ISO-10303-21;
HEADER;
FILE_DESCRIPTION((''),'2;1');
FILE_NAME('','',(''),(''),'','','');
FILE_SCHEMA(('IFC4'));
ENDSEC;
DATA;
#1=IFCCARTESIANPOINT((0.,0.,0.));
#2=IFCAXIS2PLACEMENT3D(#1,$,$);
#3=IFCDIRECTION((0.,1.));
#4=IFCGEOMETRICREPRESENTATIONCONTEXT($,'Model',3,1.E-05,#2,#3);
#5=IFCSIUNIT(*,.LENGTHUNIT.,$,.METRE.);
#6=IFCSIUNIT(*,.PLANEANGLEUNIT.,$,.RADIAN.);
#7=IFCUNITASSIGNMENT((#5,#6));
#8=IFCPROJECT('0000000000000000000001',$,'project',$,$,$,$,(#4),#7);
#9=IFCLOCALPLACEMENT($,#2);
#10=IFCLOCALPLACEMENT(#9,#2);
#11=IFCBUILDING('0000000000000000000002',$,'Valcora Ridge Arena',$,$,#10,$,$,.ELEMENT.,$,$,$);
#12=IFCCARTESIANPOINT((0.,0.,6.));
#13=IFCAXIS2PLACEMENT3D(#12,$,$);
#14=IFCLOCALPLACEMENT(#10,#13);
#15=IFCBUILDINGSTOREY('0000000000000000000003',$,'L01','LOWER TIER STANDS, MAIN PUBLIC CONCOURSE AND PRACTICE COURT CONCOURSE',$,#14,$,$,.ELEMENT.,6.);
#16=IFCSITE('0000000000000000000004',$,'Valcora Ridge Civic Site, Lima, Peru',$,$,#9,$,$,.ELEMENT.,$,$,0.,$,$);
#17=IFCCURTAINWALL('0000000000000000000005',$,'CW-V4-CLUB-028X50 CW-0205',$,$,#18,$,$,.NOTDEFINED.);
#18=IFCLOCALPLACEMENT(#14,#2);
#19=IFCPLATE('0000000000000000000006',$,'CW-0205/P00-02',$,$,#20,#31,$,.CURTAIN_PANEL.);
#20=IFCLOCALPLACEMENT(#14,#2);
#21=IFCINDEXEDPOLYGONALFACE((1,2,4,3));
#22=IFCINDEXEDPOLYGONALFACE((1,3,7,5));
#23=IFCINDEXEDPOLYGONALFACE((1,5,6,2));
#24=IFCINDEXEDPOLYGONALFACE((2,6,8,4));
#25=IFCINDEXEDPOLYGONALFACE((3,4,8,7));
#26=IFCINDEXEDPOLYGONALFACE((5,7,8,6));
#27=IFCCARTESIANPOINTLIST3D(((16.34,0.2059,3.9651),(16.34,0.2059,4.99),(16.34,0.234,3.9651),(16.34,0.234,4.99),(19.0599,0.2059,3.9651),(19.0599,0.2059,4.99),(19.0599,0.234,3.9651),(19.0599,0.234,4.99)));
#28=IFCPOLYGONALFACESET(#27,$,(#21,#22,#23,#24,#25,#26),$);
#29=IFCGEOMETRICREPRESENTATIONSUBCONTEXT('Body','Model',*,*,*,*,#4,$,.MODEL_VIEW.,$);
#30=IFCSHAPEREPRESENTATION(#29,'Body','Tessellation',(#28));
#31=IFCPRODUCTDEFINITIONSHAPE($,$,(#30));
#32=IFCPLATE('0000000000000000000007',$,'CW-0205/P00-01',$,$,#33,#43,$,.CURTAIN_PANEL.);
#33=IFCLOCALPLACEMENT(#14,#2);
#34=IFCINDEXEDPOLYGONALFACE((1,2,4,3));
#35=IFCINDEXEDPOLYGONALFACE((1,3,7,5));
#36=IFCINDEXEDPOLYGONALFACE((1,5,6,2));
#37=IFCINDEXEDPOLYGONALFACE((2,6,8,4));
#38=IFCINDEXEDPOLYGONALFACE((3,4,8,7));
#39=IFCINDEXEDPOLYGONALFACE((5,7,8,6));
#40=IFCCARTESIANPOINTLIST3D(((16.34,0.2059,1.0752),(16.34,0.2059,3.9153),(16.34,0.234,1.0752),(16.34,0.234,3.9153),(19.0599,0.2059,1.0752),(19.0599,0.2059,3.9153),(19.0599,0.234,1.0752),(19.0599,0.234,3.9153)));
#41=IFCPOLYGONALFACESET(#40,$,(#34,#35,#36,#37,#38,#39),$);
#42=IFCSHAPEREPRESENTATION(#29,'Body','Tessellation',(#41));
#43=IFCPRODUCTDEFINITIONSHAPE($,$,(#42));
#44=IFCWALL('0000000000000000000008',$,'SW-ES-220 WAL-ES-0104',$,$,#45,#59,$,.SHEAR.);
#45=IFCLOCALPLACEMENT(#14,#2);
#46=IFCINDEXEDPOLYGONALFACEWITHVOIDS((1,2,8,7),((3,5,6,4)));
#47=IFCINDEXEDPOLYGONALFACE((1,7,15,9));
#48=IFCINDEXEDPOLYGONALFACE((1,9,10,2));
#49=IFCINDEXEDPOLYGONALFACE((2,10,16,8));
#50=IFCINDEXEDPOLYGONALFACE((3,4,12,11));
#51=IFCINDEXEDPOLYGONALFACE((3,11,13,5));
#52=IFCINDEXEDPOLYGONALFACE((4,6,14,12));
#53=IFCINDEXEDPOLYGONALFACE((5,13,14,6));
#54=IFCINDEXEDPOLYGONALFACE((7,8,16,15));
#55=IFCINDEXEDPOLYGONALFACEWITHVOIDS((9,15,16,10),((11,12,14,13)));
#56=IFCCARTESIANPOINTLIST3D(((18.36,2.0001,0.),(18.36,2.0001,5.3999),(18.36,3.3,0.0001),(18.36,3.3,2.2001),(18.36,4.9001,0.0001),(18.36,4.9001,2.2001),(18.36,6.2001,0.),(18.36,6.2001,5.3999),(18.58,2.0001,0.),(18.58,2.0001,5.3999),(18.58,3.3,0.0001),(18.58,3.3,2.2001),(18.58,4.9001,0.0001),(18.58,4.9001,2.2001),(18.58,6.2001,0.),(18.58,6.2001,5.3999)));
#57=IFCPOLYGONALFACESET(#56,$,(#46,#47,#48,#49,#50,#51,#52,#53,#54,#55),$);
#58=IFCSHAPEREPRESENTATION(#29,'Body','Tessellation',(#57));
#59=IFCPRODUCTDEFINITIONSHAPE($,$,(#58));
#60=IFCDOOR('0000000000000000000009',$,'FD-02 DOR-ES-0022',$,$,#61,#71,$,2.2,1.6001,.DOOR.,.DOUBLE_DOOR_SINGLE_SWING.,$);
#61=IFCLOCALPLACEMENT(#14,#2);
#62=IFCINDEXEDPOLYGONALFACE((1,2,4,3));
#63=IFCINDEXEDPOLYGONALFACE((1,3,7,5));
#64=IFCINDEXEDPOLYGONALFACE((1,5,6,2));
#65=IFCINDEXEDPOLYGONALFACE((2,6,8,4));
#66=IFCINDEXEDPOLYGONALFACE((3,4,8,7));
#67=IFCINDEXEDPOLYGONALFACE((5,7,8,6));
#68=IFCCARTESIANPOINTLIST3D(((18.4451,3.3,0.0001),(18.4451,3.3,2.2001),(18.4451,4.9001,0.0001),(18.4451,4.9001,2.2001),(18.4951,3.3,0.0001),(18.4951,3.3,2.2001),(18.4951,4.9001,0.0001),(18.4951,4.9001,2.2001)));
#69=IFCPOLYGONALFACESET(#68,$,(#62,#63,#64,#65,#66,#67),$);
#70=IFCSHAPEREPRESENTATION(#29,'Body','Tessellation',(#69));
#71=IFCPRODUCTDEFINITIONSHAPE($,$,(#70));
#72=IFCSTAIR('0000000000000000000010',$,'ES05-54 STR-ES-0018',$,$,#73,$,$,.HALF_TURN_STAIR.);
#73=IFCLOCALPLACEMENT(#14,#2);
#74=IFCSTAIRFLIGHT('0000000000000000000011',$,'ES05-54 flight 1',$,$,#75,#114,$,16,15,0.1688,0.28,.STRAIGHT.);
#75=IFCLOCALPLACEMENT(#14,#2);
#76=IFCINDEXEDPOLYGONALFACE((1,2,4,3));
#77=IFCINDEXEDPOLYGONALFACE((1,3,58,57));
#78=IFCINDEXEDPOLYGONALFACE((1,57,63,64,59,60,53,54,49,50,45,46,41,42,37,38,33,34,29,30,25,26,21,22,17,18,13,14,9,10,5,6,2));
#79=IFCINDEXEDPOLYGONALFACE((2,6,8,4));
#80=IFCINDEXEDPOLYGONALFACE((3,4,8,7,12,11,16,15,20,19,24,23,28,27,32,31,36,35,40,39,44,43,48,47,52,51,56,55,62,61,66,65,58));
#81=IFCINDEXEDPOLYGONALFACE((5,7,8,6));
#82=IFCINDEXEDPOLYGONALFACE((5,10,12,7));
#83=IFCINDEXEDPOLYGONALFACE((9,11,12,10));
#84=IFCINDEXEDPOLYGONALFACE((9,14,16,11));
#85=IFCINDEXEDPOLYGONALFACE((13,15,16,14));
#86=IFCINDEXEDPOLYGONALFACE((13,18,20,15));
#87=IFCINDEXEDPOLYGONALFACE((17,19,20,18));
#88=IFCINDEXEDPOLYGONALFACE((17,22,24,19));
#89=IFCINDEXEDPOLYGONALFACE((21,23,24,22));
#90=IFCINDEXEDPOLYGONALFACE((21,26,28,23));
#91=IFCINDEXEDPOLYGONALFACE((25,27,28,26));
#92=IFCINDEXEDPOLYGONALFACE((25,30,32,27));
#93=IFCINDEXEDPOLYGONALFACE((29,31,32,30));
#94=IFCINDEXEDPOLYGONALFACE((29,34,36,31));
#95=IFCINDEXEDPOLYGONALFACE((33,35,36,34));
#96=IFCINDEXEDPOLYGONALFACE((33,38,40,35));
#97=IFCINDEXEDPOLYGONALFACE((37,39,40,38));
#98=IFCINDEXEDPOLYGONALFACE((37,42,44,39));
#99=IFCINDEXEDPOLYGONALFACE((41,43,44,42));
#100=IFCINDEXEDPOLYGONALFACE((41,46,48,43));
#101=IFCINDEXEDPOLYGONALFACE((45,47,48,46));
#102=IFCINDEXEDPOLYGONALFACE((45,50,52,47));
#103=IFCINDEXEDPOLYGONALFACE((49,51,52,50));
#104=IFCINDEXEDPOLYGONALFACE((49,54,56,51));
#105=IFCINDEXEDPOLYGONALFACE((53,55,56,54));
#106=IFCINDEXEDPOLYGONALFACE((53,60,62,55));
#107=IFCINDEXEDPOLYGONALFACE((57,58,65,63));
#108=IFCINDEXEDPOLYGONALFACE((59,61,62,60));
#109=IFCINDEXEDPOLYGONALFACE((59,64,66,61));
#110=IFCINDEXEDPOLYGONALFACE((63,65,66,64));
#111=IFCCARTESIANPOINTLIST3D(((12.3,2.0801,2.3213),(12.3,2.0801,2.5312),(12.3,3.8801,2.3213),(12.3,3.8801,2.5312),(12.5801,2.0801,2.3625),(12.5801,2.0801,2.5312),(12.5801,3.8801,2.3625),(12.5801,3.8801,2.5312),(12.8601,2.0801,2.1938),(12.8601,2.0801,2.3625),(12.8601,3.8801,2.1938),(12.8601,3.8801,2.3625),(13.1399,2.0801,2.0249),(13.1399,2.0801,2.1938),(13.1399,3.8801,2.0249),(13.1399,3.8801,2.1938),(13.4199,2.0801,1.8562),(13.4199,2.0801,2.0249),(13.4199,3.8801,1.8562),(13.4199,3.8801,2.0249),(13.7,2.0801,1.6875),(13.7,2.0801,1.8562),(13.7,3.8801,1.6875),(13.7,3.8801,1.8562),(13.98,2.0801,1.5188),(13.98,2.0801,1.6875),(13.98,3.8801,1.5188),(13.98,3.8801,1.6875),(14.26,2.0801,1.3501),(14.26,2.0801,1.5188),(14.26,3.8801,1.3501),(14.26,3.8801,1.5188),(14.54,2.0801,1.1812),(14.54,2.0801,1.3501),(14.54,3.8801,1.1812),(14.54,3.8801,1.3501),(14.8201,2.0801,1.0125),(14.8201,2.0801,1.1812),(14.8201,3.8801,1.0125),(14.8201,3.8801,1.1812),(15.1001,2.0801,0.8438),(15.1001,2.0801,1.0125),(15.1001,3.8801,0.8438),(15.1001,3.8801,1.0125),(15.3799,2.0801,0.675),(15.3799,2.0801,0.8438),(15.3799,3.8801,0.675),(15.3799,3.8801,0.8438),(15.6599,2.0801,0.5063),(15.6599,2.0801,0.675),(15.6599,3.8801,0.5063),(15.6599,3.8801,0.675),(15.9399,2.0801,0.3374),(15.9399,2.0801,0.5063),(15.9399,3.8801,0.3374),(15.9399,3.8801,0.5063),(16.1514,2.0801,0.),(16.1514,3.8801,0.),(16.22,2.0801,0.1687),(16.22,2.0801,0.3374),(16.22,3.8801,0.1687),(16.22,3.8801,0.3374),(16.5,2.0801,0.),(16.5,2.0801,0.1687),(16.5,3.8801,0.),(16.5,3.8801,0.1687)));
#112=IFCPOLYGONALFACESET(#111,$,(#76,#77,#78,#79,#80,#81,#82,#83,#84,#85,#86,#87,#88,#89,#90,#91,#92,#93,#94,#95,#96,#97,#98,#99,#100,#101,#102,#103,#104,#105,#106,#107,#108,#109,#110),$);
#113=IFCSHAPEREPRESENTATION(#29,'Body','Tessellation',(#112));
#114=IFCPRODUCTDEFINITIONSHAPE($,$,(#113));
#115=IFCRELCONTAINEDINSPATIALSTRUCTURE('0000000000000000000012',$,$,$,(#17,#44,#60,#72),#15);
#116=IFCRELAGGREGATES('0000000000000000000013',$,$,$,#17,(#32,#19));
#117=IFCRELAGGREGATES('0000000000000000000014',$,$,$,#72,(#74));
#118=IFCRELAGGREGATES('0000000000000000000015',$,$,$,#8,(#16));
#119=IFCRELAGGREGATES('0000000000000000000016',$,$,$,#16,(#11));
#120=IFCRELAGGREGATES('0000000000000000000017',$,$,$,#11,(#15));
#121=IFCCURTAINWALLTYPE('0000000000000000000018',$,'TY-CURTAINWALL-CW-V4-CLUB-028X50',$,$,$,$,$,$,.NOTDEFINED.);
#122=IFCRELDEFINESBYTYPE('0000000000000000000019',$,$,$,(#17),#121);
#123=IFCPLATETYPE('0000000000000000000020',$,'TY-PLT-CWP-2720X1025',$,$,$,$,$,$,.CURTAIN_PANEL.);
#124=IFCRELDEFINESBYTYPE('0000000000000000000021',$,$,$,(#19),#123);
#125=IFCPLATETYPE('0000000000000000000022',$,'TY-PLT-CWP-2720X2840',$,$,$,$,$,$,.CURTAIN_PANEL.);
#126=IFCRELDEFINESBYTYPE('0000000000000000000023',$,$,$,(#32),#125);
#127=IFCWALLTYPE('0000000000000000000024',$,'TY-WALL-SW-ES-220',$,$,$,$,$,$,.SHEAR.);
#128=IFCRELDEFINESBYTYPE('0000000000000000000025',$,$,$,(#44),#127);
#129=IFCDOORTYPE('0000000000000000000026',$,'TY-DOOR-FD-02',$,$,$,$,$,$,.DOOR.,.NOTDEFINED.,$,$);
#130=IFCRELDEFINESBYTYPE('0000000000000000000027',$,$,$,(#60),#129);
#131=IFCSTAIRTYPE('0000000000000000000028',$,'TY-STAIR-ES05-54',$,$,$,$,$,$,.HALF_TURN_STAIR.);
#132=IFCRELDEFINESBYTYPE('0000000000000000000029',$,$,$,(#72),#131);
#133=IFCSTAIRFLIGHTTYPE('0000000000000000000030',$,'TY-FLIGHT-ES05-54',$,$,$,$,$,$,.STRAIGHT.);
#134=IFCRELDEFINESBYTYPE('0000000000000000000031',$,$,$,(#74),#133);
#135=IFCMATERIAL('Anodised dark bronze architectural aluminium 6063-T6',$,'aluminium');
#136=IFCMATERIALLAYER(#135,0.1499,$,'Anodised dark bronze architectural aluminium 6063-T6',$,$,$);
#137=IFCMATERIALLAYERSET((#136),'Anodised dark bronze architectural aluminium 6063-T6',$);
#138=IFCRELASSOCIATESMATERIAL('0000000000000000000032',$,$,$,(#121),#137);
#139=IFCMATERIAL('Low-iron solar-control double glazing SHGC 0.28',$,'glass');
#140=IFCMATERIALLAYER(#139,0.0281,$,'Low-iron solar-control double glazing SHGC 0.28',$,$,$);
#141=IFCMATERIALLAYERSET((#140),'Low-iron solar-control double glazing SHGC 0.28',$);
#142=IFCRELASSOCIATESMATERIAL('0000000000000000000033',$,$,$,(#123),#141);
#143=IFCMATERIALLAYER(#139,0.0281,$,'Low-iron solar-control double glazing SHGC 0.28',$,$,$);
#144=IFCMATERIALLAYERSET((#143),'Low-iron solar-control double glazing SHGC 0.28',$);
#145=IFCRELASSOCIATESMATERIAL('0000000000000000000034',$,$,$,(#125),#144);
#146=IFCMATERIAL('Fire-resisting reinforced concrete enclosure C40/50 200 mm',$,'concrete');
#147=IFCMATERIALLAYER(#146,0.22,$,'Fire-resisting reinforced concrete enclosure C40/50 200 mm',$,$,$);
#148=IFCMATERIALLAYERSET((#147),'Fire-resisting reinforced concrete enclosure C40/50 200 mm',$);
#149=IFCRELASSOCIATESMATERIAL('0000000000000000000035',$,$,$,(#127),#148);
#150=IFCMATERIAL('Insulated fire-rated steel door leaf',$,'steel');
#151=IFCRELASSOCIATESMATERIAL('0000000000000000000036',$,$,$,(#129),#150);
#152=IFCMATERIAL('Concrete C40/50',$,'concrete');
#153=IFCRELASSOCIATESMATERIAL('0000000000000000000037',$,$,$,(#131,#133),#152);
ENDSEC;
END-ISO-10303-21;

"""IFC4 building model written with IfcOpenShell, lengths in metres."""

from ifc_helpers import new_model, si_unit, direction, frame, frame_2d, origin, origin_2d, place, context, subcontext, project, spatial, polyline, rectangle, outline, extrude, material, layer, layer_set, type_object, element, fill, aggregate, save


model = new_model("IFC4")

# Units and contexts
model_context = context("Model", 3, precision=1e-05, world=origin(), true_north=direction((0.0, 1.0)))
body_context = subcontext(model_context, "Body", "Model", "MODEL_VIEW")
ifc_project = project(units=[si_unit("LENGTHUNIT", "METRE"), si_unit("PLANEANGLEUNIT", "RADIAN")], contexts=[model_context])

# Site, building, storey
site_placement = place(None, origin())
site = spatial("IfcSite", under=ifc_project, at=site_placement, Name="Valcora Ridge Civic Site, Lima, Peru", CompositionType="ELEMENT", RefElevation=0.0)
building_placement = place(site_placement, origin())
building = spatial("IfcBuilding", under=site, at=building_placement, Name="Valcora Ridge Arena", CompositionType="ELEMENT")
storey_placement = place(building_placement, frame((0.0, 0.0, 6.0)))
storey = spatial("IfcBuildingStorey", under=building, at=storey_placement, Name="L01", Description="LOWER TIER STANDS, MAIN PUBLIC CONCOURSE AND PRACTICE COURT CONCOURSE", CompositionType="ELEMENT", Elevation=6.0)

# Shared definitions
ifc_material_1 = material(Name="Concrete C40/50", Category="concrete")

# Curtain wall
ifc_material_2 = material(Name="Anodised dark bronze architectural aluminium 6063-T6", Category="aluminium")
ifc_layer_1 = layer(ifc_material_2, 0.1499, Name="Anodised dark bronze architectural aluminium 6063-T6")
ifc_layer_set_1 = layer_set([ifc_layer_1], Name="Anodised dark bronze architectural aluminium 6063-T6")
curtain_wall_type = type_object("IfcCurtainWallType", Name="TY-CURTAINWALL-CW-V4-CLUB-028X50", PredefinedType="NOTDEFINED", material=ifc_layer_set_1)
curtain_wall_1_placement = place(storey_placement, origin())
curtain_wall_1 = element("IfcCurtainWall", 1, at=curtain_wall_1_placement, inside=storey, type_object=curtain_wall_type, Name="CW-V4-CLUB-028X50 CW-0205", PredefinedType="NOTDEFINED")

# Plates
ifc_material_3 = material(Name="Low-iron solar-control double glazing SHGC 0.28", Category="glass")
ifc_layer_2 = layer(ifc_material_3, 0.0281, Name="Low-iron solar-control double glazing SHGC 0.28")
ifc_layer_set_2 = layer_set([ifc_layer_2], Name="Low-iron solar-control double glazing SHGC 0.28")
plate_type_1 = type_object("IfcPlateType", Name="TY-PLT-CWP-2720X1025", PredefinedType="CURTAIN_PANEL", material=ifc_layer_set_2)
plate_1_placement = place(storey_placement, frame((17.7, 0.22, 3.9651), z_axis=(0.0, 0.0, 1.0), x_axis=(1.0, 0.0, 0.0)))
plate_1 = element("IfcPlate", 2, at=plate_1_placement, type_object=plate_type_1, Name="CW-0205/P00-02", PredefinedType="CURTAIN_PANEL", context=body_context, shape_type="SweptSolid", body=[
    extrude(rectangle(XDim=2.72, YDim=0.0281, at=origin_2d()), origin(), (0.0, 0.0, 1.0), 1.0249),
])
ifc_layer_3 = layer(ifc_material_3, 0.0281, Name="Low-iron solar-control double glazing SHGC 0.28")
ifc_layer_set_3 = layer_set([ifc_layer_3], Name="Low-iron solar-control double glazing SHGC 0.28")
plate_type_2 = type_object("IfcPlateType", Name="TY-PLT-CWP-2720X2840", PredefinedType="CURTAIN_PANEL", material=ifc_layer_set_3)
plate_2_placement = place(storey_placement, frame((17.7, 0.22, 1.0752), z_axis=(0.0, 0.0, 1.0), x_axis=(1.0, 0.0, 0.0)))
plate_2 = element("IfcPlate", 3, at=plate_2_placement, type_object=plate_type_2, Name="CW-0205/P00-01", PredefinedType="CURTAIN_PANEL", context=body_context, shape_type="SweptSolid", body=[
    extrude(rectangle(XDim=2.72, YDim=0.0281, at=origin_2d()), origin(), (0.0, 0.0, 1.0), 2.8401),
])
aggregate(curtain_wall_1, [plate_2, plate_1])

# Wall, opening, door
ifc_material_4 = material(Name="Fire-resisting reinforced concrete enclosure C40/50 200 mm", Category="concrete")
ifc_layer_4 = layer(ifc_material_4, 0.22, Name="Fire-resisting reinforced concrete enclosure C40/50 200 mm")
ifc_layer_set_4 = layer_set([ifc_layer_4], Name="Fire-resisting reinforced concrete enclosure C40/50 200 mm")
wall_type = type_object("IfcWallType", Name="TY-WALL-SW-ES-220", PredefinedType="SHEAR", material=ifc_layer_set_4)
wall_placement = place(storey_placement, frame((18.47, 2.0, 0.0), z_axis=(0.0, 0.0, 1.0), x_axis=(0.0, 1.0, 0.0)))
wall = element("IfcWall", 4, at=wall_placement, inside=storey, type_object=wall_type, Name="SW-ES-220 WAL-ES-0104", PredefinedType="SHEAR", context=body_context, shape_type="SweptSolid", body=[
    extrude(rectangle(XDim=4.2, YDim=0.22, at=frame_2d((2.1001, 0.0))), origin(), (0.0, 0.0, 1.0), 5.3999),
])
opening_placement = place(wall_placement, frame((1.3, 0.0, 0.0)))
opening = element("IfcOpeningElement", 5, at=opening_placement, cuts=wall, PredefinedType="OPENING", context=body_context, shape_type="SweptSolid", body=[
    extrude(rectangle(XDim=1.6001, YDim=2.2, at=frame_2d((0.8, 1.1001))), frame((0.0, 0.1199, 0.0), z_axis=(0.0, -1.0, 0.0), x_axis=(1.0, 0.0, 0.0)), (0.0, 0.0, 1.0), 0.24),
])
ifc_material_5 = material(Name="Insulated fire-rated steel door leaf", Category="steel")
door_type = type_object("IfcDoorType", Name="TY-DOOR-FD-02", OperationType="NOTDEFINED", PredefinedType="DOOR", material=ifc_material_5)
door_placement = place(opening_placement, origin())
door = element("IfcDoor", 6, at=door_placement, inside=storey, type_object=door_type, Name="FD-02 DOR-ES-0022", OperationType="DOUBLE_DOOR_SINGLE_SWING", OverallHeight=2.2, OverallWidth=1.6001, PredefinedType="DOOR", context=body_context, shape_type="SweptSolid", body=[
    extrude(rectangle(XDim=1.6001, YDim=2.2, at=frame_2d((0.8, 1.1001))), frame((0.0, 0.0249, 0.0), z_axis=(0.0, -1.0, 0.0), x_axis=(1.0, 0.0, 0.0)), (0.0, 0.0, 1.0), 0.05),
])
fill(opening, door)

# Stair, stair flight
stair_type = type_object("IfcStairType", Name="TY-STAIR-ES05-54", PredefinedType="HALF_TURN_STAIR", material=ifc_material_1)
stair_placement = place(storey_placement, origin())
stair = element("IfcStair", 7, at=stair_placement, inside=storey, type_object=stair_type, Name="ES05-54 STR-ES-0018", PredefinedType="HALF_TURN_STAIR")
stair_flight_type = type_object("IfcStairFlightType", Name="TY-FLIGHT-ES05-54", PredefinedType="STRAIGHT", material=ifc_material_1)
stair_flight_placement = place(storey_placement, frame((16.5, 2.98, 0.0), z_axis=(0.0, 0.0, 1.0), x_axis=(-1.0, 0.0, 0.0)))
stair_flight = element("IfcStairFlight", 8, at=stair_flight_placement, type_object=stair_flight_type, Name="ES05-54 flight 1", NumberOfRisers=16, NumberOfTreads=15, PredefinedType="STRAIGHT", RiserHeight=0.1688, TreadLength=0.28, context=body_context, shape_type="SweptSolid", body=[
    extrude(outline(polyline([(0.0, 0.0), (0.0, 0.1687), (0.28, 0.1687), (0.28, 0.3374), (0.5601, 0.3374), (0.5601, 0.5063), (0.8401, 0.5063), (0.8401, 0.675), (1.1201, 0.675), (1.1201, 0.8438), (1.3999, 0.8438), (1.3999, 1.0125), (1.6799, 1.0125), (1.6799, 1.1812), (1.96, 1.1812), (1.96, 1.3501), (2.24, 1.3501), (2.24, 1.5188), (2.52, 1.5188), (2.52, 1.6875), (2.8, 1.6875), (2.8, 1.8562), (3.0801, 1.8562), (3.0801, 2.0249), (3.3601, 2.0249), (3.3601, 2.1938), (3.6399, 2.1938), (3.6399, 2.3625), (3.9199, 2.3625), (3.9199, 2.5312), (4.2, 2.5312), (4.2, 2.7), (4.2, 2.3213), (0.3486, 0.0), (0.0, 0.0)])), frame((0.0, 0.8999, 0.0), z_axis=(0.0, -1.0, 0.0), x_axis=(1.0, 0.0, 0.0)), (0.0, 0.0, 1.0), 1.8),
])
aggregate(stair, [stair_flight])

save(model, "model.ifc")
